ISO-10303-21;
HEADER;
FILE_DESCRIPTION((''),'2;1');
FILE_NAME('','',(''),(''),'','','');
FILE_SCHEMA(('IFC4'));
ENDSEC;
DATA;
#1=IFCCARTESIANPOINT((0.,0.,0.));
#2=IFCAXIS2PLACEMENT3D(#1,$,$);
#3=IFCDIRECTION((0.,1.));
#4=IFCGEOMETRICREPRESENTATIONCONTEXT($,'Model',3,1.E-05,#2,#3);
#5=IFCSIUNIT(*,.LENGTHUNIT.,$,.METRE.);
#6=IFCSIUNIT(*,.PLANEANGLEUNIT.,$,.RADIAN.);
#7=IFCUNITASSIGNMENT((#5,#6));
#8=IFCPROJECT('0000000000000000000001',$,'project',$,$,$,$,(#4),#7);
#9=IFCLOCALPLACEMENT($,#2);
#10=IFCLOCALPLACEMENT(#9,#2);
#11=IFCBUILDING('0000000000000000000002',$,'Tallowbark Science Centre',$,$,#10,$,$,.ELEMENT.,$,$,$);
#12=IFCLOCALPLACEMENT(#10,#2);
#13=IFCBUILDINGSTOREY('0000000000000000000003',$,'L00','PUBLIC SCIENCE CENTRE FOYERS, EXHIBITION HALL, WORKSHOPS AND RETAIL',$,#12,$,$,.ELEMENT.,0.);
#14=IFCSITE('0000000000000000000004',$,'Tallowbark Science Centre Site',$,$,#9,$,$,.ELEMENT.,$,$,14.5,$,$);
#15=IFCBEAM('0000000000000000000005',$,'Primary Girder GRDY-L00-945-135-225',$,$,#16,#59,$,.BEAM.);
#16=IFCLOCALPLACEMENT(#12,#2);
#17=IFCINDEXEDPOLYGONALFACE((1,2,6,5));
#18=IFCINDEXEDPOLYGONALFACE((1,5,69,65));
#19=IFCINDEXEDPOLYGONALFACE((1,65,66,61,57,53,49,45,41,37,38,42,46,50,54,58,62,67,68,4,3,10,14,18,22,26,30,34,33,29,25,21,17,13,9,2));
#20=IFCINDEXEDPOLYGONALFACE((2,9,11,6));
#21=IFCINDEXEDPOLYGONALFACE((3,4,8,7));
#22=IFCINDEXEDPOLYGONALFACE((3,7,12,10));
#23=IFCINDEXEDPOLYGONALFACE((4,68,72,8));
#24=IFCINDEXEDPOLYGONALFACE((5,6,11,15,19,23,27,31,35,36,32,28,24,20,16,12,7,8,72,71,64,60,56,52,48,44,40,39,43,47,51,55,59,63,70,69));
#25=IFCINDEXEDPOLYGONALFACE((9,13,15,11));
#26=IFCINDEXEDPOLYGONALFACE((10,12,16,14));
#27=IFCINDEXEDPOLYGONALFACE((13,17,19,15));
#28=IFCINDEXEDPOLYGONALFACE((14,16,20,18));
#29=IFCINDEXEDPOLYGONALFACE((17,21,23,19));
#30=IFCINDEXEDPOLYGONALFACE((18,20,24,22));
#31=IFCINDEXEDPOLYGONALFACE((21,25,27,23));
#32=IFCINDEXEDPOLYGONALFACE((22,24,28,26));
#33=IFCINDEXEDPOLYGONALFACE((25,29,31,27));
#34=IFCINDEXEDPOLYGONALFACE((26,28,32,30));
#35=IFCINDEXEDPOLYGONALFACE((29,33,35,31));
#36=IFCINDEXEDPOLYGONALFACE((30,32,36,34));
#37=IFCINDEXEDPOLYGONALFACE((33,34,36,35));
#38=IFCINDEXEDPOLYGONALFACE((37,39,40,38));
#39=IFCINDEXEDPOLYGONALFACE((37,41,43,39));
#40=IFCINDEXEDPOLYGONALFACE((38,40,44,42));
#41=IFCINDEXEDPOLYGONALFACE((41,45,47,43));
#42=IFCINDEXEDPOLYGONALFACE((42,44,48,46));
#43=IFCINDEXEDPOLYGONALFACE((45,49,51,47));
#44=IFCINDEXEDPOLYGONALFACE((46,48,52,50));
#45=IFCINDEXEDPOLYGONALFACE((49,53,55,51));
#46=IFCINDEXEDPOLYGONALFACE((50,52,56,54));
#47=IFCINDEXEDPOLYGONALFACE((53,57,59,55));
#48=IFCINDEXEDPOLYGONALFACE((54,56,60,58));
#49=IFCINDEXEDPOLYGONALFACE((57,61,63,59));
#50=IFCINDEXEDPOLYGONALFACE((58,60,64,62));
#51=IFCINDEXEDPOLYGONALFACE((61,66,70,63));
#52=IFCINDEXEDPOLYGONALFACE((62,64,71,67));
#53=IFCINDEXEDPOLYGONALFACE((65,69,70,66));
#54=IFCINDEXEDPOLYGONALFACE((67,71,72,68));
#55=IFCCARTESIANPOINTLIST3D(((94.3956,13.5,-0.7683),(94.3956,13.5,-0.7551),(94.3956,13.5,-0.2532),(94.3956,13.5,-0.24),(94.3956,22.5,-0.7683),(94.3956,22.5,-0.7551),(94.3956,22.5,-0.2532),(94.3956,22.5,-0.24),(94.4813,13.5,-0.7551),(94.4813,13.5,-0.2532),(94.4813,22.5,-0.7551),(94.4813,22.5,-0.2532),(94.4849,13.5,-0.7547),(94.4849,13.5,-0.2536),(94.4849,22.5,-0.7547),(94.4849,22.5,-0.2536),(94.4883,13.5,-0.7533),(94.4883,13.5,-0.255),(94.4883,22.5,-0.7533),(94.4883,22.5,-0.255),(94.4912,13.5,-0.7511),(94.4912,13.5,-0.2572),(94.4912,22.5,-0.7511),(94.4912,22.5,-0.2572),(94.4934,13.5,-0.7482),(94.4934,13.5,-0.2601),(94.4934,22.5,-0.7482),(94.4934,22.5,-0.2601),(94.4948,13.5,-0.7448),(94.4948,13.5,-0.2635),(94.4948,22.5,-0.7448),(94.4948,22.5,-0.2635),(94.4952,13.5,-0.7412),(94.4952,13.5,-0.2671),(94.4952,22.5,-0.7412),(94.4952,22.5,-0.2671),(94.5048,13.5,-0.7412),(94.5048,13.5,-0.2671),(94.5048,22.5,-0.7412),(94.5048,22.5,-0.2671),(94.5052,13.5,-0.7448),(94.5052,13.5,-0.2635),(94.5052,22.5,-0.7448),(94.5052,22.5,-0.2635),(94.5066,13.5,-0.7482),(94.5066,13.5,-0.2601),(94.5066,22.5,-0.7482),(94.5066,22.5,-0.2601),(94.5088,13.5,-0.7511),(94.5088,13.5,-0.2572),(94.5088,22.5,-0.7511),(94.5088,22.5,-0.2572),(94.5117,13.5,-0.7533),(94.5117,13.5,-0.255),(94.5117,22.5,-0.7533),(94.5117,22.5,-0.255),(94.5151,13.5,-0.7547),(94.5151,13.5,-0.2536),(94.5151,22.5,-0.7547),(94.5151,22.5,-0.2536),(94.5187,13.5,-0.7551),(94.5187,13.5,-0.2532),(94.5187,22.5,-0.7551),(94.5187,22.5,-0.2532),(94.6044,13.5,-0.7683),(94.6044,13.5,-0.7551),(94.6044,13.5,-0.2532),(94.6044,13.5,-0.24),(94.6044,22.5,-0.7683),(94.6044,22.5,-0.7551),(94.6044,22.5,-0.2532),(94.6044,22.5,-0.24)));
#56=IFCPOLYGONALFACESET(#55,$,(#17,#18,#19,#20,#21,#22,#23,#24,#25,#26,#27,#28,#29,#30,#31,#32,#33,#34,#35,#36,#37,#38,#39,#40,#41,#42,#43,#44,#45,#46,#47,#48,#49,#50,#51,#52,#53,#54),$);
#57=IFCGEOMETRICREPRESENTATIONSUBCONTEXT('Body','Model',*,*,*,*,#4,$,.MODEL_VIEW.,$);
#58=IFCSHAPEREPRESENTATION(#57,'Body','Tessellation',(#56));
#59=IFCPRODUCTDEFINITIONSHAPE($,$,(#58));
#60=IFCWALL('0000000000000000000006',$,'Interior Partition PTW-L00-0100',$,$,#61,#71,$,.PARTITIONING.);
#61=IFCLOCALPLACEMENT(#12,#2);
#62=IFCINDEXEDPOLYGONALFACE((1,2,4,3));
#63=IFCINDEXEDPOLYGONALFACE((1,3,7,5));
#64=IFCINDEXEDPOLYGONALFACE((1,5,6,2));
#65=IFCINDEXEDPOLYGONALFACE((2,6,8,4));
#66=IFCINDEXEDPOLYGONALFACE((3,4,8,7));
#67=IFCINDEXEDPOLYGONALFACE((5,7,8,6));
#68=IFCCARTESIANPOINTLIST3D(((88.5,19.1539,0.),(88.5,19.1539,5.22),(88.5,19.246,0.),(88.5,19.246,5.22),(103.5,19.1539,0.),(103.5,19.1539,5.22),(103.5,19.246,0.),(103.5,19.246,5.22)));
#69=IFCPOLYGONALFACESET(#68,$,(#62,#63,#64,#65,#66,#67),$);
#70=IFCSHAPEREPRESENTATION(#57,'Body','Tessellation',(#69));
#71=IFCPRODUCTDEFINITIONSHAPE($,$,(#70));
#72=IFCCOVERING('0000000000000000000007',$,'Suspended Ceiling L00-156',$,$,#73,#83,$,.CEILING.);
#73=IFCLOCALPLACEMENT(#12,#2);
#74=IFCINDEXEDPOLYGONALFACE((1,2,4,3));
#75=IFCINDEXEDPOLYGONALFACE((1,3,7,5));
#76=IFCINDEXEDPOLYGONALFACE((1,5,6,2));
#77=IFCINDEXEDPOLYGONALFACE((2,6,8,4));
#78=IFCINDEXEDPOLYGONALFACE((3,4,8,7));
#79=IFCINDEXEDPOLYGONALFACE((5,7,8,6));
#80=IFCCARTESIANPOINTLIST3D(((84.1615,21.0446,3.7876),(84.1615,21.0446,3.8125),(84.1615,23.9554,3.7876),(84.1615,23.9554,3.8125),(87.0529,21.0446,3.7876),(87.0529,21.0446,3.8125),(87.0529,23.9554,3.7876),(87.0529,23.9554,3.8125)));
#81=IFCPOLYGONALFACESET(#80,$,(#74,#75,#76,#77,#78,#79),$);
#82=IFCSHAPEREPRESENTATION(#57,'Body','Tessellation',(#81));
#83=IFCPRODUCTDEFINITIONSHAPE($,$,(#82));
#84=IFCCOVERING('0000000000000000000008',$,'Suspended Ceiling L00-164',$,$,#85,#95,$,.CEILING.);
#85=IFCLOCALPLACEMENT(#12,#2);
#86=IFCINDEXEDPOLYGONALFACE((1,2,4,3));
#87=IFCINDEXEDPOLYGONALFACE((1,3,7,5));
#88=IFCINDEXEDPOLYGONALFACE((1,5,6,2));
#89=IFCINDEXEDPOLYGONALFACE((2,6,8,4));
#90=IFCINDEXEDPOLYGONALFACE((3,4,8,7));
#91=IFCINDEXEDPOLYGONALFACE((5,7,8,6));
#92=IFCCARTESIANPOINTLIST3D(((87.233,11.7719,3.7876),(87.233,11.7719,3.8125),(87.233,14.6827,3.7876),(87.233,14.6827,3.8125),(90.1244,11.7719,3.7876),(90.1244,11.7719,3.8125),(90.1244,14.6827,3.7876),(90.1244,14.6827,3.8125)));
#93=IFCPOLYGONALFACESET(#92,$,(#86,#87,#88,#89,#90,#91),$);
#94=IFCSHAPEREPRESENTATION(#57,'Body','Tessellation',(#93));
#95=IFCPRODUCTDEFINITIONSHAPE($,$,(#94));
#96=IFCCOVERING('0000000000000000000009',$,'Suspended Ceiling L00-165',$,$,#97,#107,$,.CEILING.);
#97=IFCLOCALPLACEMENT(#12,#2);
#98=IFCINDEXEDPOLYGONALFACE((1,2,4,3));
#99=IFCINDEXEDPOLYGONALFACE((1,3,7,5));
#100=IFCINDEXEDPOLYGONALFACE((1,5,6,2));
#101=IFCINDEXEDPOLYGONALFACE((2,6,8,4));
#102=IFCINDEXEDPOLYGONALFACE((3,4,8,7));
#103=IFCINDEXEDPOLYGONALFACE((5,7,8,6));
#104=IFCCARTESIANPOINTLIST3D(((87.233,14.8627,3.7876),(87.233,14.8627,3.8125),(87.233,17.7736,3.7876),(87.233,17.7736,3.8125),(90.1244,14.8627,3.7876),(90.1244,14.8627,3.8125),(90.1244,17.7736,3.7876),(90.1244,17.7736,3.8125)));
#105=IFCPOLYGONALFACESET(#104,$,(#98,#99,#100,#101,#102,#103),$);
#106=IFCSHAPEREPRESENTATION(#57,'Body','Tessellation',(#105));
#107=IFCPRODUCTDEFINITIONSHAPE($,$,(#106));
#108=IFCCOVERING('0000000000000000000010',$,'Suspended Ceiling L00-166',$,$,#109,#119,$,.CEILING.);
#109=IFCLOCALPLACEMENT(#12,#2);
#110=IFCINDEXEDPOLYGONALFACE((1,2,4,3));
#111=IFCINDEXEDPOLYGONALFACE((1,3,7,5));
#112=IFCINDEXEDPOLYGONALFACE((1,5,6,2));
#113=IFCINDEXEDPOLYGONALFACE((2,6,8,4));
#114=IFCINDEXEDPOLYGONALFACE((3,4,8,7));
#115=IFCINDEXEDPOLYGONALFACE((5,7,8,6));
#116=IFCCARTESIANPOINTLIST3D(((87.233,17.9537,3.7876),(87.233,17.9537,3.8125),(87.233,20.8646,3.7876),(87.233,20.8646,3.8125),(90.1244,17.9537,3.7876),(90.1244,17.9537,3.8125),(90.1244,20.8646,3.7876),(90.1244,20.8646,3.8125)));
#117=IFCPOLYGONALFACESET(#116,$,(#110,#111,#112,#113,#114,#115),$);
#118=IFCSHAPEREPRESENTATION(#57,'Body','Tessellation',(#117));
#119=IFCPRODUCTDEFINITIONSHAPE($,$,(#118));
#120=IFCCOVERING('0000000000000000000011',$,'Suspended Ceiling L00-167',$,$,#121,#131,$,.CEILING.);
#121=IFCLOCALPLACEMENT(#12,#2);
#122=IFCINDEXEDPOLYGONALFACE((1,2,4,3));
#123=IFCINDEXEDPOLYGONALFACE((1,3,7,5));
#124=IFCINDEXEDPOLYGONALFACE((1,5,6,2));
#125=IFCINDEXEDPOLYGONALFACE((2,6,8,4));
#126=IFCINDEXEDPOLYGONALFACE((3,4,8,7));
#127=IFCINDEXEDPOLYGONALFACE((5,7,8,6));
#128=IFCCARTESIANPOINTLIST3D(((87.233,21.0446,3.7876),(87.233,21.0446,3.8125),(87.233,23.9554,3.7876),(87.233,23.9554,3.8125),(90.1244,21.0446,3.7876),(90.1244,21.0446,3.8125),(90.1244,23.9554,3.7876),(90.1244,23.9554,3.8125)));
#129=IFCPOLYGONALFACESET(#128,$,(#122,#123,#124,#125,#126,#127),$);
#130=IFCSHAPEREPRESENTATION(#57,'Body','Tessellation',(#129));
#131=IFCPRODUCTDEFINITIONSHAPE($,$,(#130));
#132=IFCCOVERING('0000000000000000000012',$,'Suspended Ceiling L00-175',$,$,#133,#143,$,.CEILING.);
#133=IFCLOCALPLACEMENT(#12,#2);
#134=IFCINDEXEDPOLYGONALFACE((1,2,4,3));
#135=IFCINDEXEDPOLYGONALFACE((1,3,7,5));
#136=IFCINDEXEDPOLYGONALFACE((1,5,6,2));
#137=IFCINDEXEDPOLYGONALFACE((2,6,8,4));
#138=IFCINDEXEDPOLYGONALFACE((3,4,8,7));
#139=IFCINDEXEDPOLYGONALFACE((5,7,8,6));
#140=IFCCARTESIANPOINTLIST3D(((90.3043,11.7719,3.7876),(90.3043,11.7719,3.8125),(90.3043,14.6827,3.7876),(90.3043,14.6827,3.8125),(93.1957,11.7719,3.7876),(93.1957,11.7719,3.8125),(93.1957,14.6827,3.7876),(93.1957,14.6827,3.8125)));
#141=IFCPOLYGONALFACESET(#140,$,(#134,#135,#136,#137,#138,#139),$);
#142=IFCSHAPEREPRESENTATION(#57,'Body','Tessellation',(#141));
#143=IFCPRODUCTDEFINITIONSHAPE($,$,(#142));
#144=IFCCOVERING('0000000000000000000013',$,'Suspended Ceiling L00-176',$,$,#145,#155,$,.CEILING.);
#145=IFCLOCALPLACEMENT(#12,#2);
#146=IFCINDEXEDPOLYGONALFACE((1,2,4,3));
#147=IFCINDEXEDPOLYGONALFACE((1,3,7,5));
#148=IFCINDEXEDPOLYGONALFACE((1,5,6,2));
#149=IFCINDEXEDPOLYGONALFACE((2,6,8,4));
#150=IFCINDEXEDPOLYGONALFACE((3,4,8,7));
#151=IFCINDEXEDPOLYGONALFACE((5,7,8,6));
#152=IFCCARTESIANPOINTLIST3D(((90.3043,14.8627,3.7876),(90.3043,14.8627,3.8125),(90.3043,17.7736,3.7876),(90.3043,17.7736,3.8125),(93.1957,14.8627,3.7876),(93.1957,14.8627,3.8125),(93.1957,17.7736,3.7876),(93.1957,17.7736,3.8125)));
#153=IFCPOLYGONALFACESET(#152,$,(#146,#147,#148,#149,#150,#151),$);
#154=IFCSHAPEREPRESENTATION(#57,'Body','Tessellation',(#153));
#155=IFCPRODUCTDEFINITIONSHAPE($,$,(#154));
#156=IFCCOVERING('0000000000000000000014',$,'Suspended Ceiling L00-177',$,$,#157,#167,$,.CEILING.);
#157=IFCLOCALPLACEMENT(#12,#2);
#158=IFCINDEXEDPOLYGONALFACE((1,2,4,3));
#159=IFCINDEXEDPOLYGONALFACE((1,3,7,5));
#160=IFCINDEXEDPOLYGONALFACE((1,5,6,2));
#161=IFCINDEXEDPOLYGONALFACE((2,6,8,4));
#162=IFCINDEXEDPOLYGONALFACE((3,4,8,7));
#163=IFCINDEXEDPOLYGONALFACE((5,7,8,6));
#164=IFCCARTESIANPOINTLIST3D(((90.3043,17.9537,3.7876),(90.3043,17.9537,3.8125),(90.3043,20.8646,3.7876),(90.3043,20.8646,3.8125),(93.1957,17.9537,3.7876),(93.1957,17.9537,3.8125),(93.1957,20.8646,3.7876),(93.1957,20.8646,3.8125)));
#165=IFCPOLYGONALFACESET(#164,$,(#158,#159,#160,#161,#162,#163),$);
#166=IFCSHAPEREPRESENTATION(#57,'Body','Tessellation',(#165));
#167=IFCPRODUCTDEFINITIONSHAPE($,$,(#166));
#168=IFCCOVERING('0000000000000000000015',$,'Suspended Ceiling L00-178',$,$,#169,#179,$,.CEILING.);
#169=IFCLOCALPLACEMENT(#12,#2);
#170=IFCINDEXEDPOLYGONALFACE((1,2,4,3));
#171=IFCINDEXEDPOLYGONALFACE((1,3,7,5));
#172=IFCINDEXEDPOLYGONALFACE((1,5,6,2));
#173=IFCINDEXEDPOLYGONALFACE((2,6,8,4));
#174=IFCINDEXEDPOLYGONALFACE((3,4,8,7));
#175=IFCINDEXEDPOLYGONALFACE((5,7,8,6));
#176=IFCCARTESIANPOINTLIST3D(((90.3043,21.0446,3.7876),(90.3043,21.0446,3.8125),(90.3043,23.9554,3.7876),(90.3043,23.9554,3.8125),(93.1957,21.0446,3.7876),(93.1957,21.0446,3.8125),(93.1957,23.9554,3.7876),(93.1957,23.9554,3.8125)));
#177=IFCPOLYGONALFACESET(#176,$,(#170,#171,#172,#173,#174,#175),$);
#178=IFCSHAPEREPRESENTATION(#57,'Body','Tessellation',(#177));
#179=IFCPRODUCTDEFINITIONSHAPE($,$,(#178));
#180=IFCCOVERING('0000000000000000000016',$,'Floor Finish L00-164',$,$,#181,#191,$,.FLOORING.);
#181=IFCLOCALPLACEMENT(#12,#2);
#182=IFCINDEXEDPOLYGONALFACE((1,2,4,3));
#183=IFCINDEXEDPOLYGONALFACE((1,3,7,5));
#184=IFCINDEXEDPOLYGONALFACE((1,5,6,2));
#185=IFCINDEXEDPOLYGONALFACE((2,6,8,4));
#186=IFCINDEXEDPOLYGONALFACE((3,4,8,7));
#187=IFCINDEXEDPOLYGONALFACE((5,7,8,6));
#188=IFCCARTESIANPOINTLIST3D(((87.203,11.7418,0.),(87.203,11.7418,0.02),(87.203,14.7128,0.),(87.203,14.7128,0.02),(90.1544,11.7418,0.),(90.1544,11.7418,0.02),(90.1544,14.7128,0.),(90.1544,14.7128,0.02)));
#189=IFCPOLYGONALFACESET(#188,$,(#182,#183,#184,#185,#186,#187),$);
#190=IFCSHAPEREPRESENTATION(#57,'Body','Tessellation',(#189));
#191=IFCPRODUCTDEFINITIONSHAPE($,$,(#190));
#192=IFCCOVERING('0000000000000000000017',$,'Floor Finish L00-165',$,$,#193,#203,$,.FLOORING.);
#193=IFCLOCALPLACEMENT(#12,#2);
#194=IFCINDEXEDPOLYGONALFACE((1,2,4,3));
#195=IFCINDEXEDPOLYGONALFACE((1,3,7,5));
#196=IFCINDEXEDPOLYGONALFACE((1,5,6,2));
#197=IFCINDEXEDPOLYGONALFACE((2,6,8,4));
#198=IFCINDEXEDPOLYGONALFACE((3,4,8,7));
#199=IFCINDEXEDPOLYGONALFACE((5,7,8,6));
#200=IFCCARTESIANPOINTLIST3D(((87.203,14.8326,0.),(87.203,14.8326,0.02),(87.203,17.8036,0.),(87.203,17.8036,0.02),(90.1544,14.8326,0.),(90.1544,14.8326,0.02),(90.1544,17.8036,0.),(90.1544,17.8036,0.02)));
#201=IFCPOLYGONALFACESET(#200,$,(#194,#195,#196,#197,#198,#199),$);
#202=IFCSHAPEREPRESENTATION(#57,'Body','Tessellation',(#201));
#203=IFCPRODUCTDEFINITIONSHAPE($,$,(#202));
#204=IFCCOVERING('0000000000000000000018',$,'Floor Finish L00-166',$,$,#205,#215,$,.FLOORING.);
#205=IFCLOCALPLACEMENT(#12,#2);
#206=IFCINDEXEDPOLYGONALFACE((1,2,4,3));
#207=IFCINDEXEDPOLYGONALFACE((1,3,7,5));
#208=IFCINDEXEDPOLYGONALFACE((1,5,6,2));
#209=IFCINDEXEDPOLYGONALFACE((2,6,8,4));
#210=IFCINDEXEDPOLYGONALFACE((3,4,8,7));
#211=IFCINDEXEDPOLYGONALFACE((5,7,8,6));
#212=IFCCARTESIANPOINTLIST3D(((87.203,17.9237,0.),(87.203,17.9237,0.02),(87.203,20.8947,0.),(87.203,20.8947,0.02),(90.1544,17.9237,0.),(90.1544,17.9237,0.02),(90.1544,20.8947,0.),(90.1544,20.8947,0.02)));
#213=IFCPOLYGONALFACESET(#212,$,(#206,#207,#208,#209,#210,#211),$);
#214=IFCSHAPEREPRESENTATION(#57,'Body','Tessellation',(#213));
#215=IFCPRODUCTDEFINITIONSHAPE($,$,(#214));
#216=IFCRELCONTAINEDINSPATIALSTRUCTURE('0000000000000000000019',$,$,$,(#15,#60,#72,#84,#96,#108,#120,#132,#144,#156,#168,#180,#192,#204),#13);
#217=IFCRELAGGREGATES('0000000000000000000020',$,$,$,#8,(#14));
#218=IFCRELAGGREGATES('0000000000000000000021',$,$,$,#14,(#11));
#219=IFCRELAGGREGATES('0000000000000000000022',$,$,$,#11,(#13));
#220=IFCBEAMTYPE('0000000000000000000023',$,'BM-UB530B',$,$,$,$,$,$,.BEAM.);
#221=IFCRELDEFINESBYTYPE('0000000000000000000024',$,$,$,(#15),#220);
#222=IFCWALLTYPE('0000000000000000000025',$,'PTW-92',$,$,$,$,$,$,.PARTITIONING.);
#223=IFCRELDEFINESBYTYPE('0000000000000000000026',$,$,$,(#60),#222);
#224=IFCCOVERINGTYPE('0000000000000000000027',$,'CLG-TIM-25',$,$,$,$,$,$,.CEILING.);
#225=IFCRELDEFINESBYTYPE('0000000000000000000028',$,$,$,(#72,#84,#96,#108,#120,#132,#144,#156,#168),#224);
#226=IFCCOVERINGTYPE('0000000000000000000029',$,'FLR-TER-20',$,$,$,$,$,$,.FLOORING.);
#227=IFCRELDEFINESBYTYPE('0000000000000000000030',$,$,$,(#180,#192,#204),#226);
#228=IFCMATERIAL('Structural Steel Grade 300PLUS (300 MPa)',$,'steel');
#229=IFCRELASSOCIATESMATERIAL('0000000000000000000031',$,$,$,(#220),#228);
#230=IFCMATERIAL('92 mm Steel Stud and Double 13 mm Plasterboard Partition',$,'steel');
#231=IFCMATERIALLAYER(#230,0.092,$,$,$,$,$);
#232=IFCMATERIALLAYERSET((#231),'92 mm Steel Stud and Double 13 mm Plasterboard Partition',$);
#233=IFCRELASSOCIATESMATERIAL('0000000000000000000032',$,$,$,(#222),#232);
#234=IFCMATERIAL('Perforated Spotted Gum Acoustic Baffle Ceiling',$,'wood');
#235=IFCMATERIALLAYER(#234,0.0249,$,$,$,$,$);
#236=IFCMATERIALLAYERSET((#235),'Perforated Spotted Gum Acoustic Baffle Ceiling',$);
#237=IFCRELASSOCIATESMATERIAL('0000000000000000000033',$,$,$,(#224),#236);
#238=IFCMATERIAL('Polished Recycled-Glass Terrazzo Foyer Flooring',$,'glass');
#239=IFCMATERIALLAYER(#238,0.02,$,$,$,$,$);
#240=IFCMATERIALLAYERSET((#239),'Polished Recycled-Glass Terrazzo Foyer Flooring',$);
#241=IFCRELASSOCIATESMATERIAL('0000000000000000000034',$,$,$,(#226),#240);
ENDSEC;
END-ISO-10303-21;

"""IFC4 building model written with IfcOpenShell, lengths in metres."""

from ifc_helpers import new_model, si_unit, direction, frame, frame_2d, origin, origin_2d, place, context, subcontext, project, spatial, rectangle, i_section, extrude, material, layer, layer_set, material_profile, profile_set, type_object, element, save


model = new_model("IFC4")

# Units and contexts
model_context = context("Model", 3, precision=1e-05, world=origin(), true_north=direction((0.0, 1.0)))
body_context = subcontext(model_context, "Body", "Model", "MODEL_VIEW")
ifc_project = project(units=[si_unit("LENGTHUNIT", "METRE"), si_unit("PLANEANGLEUNIT", "RADIAN")], contexts=[model_context])

# Site, building, storey
site_placement = place(None, origin())
site = spatial("IfcSite", under=ifc_project, at=site_placement, Name="Tallowbark Science Centre Site", CompositionType="ELEMENT", RefElevation=14.5)
building_placement = place(site_placement, origin())
building = spatial("IfcBuilding", under=site, at=building_placement, Name="Tallowbark Science Centre", CompositionType="ELEMENT")
storey_placement = place(building_placement, origin())
storey = spatial("IfcBuildingStorey", under=building, at=storey_placement, Name="L00", Description="PUBLIC SCIENCE CENTRE FOYERS, EXHIBITION HALL, WORKSHOPS AND RETAIL", CompositionType="ELEMENT", Elevation=0.0)

# Shared definitions
ifc_material_1 = material(Name="Structural Steel Grade 300PLUS (300 MPa)", Category="steel")

# Beam
ifc_material_profile_1 = material_profile(ifc_material_1, i_section(OverallWidth=0.2087, OverallDepth=0.5283, WebThickness=0.0095, FlangeThickness=0.0132, FilletRadius=0.0139, at=origin_2d()), Name="530UB82.0")
ifc_profile_set_1 = profile_set([ifc_material_profile_1], Name="Structural Steel Grade 300PLUS (300 MPa)")
beam_type_1 = type_object("IfcBeamType", Name="BM-UB530B", PredefinedType="BEAM", material=ifc_profile_set_1)
beam_placement = place(storey_placement, frame((94.5, 13.5, -0.5042), z_axis=(0.0, 1.0, 0.0), x_axis=(-1.0, 0.0, 0.0)))
element("IfcBeam", 1, at=beam_placement, inside=storey, type_object=beam_type_1, Name="Primary Girder GRDY-L00-945-135-225", PredefinedType="BEAM", context=body_context, shape_type="SweptSolid", body=[
    extrude(i_section(OverallWidth=0.2087, OverallDepth=0.5283, WebThickness=0.0095, FlangeThickness=0.0132, FilletRadius=0.0139, at=origin_2d()), origin(), (0.0, 0.0, 1.0), 9.0),
])

# Wall
ifc_material_2 = material(Name="92 mm Steel Stud and Double 13 mm Plasterboard Partition", Category="steel")
ifc_layer_1 = layer(ifc_material_2, 0.092)
ifc_layer_set_1 = layer_set([ifc_layer_1], Name="92 mm Steel Stud and Double 13 mm Plasterboard Partition")
wall_type = type_object("IfcWallType", Name="PTW-92", PredefinedType="PARTITIONING", material=ifc_layer_set_1)
wall_placement = place(storey_placement, frame((88.5, 19.2, 0.0), z_axis=(0.0, 0.0, 1.0), x_axis=(1.0, 0.0, 0.0)))
element("IfcWall", 2, at=wall_placement, inside=storey, type_object=wall_type, Name="Interior Partition PTW-L00-0100", PredefinedType="PARTITIONING", context=body_context, shape_type="SweptSolid", body=[
    extrude(rectangle(XDim=15.0, YDim=0.092, at=frame_2d((7.5, 0.0))), origin(), (0.0, 0.0, 1.0), 5.22),
])

# Coverings
ifc_material_3 = material(Name="Perforated Spotted Gum Acoustic Baffle Ceiling", Category="wood")
ifc_layer_2 = layer(ifc_material_3, 0.0249)
ifc_layer_set_2 = layer_set([ifc_layer_2], Name="Perforated Spotted Gum Acoustic Baffle Ceiling")
covering_type_1 = type_object("IfcCoveringType", Name="CLG-TIM-25", PredefinedType="CEILING", material=ifc_layer_set_2)
for number, where, z_axis, x_axis, name in (
    (3, (85.6072, 22.5, 3.7876), (0.0, 0.0, 1.0), (1.0, 0.0, 0.0), "Suspended Ceiling L00-156"),
    (4, (88.6787, 13.2273, 3.7876), (0.0, 0.0, 1.0), (1.0, 0.0, 0.0), "Suspended Ceiling L00-164"),
    (5, (88.6787, 16.3181, 3.7876), (0.0, 0.0, 1.0), (1.0, 0.0, 0.0), "Suspended Ceiling L00-165"),
    (6, (88.6787, 19.4092, 3.7876), (0.0, 0.0, 1.0), (1.0, 0.0, 0.0), "Suspended Ceiling L00-166"),
    (7, (88.6787, 22.5, 3.7876), (0.0, 0.0, 1.0), (1.0, 0.0, 0.0), "Suspended Ceiling L00-167"),
    (8, (91.75, 13.2273, 3.7876), (0.0, 0.0, 1.0), (1.0, 0.0, 0.0), "Suspended Ceiling L00-175"),
    (9, (91.75, 16.3181, 3.7876), (0.0, 0.0, 1.0), (1.0, 0.0, 0.0), "Suspended Ceiling L00-176"),
    (10, (91.75, 19.4092, 3.7876), (0.0, 0.0, 1.0), (1.0, 0.0, 0.0), "Suspended Ceiling L00-177"),
    (11, (91.75, 22.5, 3.7876), (0.0, 0.0, 1.0), (1.0, 0.0, 0.0), "Suspended Ceiling L00-178"),
):
    element("IfcCovering", number, at=place(storey_placement, frame(where, z_axis=z_axis, x_axis=x_axis)), inside=storey, type_object=covering_type_1, Name=name, PredefinedType="CEILING", context=body_context, shape_type="SweptSolid", body=[
        extrude(rectangle(XDim=2.8914, YDim=2.9109, at=origin_2d()), origin(), (0.0, 0.0, 1.0), 0.0249),
    ])
ifc_material_4 = material(Name="Polished Recycled-Glass Terrazzo Foyer Flooring", Category="glass")
ifc_layer_3 = layer(ifc_material_4, 0.02)
ifc_layer_set_3 = layer_set([ifc_layer_3], Name="Polished Recycled-Glass Terrazzo Foyer Flooring")
covering_type_2 = type_object("IfcCoveringType", Name="FLR-TER-20", PredefinedType="FLOORING", material=ifc_layer_set_3)
for number, where, z_axis, x_axis, name in (
    (12, (88.6787, 13.2273, 0.0), (0.0, 0.0, 1.0), (1.0, 0.0, 0.0), "Floor Finish L00-164"),
    (13, (88.6787, 16.3181, 0.0), (0.0, 0.0, 1.0), (1.0, 0.0, 0.0), "Floor Finish L00-165"),
    (14, (88.6787, 19.4092, 0.0), (0.0, 0.0, 1.0), (1.0, 0.0, 0.0), "Floor Finish L00-166"),
):
    element("IfcCovering", number, at=place(storey_placement, frame(where, z_axis=z_axis, x_axis=x_axis)), inside=storey, type_object=covering_type_2, Name=name, PredefinedType="FLOORING", context=body_context, shape_type="SweptSolid", body=[
        extrude(rectangle(XDim=2.9514, YDim=2.9709, at=origin_2d()), origin(), (0.0, 0.0, 1.0), 0.02),
    ])

save(model, "model.ifc")
